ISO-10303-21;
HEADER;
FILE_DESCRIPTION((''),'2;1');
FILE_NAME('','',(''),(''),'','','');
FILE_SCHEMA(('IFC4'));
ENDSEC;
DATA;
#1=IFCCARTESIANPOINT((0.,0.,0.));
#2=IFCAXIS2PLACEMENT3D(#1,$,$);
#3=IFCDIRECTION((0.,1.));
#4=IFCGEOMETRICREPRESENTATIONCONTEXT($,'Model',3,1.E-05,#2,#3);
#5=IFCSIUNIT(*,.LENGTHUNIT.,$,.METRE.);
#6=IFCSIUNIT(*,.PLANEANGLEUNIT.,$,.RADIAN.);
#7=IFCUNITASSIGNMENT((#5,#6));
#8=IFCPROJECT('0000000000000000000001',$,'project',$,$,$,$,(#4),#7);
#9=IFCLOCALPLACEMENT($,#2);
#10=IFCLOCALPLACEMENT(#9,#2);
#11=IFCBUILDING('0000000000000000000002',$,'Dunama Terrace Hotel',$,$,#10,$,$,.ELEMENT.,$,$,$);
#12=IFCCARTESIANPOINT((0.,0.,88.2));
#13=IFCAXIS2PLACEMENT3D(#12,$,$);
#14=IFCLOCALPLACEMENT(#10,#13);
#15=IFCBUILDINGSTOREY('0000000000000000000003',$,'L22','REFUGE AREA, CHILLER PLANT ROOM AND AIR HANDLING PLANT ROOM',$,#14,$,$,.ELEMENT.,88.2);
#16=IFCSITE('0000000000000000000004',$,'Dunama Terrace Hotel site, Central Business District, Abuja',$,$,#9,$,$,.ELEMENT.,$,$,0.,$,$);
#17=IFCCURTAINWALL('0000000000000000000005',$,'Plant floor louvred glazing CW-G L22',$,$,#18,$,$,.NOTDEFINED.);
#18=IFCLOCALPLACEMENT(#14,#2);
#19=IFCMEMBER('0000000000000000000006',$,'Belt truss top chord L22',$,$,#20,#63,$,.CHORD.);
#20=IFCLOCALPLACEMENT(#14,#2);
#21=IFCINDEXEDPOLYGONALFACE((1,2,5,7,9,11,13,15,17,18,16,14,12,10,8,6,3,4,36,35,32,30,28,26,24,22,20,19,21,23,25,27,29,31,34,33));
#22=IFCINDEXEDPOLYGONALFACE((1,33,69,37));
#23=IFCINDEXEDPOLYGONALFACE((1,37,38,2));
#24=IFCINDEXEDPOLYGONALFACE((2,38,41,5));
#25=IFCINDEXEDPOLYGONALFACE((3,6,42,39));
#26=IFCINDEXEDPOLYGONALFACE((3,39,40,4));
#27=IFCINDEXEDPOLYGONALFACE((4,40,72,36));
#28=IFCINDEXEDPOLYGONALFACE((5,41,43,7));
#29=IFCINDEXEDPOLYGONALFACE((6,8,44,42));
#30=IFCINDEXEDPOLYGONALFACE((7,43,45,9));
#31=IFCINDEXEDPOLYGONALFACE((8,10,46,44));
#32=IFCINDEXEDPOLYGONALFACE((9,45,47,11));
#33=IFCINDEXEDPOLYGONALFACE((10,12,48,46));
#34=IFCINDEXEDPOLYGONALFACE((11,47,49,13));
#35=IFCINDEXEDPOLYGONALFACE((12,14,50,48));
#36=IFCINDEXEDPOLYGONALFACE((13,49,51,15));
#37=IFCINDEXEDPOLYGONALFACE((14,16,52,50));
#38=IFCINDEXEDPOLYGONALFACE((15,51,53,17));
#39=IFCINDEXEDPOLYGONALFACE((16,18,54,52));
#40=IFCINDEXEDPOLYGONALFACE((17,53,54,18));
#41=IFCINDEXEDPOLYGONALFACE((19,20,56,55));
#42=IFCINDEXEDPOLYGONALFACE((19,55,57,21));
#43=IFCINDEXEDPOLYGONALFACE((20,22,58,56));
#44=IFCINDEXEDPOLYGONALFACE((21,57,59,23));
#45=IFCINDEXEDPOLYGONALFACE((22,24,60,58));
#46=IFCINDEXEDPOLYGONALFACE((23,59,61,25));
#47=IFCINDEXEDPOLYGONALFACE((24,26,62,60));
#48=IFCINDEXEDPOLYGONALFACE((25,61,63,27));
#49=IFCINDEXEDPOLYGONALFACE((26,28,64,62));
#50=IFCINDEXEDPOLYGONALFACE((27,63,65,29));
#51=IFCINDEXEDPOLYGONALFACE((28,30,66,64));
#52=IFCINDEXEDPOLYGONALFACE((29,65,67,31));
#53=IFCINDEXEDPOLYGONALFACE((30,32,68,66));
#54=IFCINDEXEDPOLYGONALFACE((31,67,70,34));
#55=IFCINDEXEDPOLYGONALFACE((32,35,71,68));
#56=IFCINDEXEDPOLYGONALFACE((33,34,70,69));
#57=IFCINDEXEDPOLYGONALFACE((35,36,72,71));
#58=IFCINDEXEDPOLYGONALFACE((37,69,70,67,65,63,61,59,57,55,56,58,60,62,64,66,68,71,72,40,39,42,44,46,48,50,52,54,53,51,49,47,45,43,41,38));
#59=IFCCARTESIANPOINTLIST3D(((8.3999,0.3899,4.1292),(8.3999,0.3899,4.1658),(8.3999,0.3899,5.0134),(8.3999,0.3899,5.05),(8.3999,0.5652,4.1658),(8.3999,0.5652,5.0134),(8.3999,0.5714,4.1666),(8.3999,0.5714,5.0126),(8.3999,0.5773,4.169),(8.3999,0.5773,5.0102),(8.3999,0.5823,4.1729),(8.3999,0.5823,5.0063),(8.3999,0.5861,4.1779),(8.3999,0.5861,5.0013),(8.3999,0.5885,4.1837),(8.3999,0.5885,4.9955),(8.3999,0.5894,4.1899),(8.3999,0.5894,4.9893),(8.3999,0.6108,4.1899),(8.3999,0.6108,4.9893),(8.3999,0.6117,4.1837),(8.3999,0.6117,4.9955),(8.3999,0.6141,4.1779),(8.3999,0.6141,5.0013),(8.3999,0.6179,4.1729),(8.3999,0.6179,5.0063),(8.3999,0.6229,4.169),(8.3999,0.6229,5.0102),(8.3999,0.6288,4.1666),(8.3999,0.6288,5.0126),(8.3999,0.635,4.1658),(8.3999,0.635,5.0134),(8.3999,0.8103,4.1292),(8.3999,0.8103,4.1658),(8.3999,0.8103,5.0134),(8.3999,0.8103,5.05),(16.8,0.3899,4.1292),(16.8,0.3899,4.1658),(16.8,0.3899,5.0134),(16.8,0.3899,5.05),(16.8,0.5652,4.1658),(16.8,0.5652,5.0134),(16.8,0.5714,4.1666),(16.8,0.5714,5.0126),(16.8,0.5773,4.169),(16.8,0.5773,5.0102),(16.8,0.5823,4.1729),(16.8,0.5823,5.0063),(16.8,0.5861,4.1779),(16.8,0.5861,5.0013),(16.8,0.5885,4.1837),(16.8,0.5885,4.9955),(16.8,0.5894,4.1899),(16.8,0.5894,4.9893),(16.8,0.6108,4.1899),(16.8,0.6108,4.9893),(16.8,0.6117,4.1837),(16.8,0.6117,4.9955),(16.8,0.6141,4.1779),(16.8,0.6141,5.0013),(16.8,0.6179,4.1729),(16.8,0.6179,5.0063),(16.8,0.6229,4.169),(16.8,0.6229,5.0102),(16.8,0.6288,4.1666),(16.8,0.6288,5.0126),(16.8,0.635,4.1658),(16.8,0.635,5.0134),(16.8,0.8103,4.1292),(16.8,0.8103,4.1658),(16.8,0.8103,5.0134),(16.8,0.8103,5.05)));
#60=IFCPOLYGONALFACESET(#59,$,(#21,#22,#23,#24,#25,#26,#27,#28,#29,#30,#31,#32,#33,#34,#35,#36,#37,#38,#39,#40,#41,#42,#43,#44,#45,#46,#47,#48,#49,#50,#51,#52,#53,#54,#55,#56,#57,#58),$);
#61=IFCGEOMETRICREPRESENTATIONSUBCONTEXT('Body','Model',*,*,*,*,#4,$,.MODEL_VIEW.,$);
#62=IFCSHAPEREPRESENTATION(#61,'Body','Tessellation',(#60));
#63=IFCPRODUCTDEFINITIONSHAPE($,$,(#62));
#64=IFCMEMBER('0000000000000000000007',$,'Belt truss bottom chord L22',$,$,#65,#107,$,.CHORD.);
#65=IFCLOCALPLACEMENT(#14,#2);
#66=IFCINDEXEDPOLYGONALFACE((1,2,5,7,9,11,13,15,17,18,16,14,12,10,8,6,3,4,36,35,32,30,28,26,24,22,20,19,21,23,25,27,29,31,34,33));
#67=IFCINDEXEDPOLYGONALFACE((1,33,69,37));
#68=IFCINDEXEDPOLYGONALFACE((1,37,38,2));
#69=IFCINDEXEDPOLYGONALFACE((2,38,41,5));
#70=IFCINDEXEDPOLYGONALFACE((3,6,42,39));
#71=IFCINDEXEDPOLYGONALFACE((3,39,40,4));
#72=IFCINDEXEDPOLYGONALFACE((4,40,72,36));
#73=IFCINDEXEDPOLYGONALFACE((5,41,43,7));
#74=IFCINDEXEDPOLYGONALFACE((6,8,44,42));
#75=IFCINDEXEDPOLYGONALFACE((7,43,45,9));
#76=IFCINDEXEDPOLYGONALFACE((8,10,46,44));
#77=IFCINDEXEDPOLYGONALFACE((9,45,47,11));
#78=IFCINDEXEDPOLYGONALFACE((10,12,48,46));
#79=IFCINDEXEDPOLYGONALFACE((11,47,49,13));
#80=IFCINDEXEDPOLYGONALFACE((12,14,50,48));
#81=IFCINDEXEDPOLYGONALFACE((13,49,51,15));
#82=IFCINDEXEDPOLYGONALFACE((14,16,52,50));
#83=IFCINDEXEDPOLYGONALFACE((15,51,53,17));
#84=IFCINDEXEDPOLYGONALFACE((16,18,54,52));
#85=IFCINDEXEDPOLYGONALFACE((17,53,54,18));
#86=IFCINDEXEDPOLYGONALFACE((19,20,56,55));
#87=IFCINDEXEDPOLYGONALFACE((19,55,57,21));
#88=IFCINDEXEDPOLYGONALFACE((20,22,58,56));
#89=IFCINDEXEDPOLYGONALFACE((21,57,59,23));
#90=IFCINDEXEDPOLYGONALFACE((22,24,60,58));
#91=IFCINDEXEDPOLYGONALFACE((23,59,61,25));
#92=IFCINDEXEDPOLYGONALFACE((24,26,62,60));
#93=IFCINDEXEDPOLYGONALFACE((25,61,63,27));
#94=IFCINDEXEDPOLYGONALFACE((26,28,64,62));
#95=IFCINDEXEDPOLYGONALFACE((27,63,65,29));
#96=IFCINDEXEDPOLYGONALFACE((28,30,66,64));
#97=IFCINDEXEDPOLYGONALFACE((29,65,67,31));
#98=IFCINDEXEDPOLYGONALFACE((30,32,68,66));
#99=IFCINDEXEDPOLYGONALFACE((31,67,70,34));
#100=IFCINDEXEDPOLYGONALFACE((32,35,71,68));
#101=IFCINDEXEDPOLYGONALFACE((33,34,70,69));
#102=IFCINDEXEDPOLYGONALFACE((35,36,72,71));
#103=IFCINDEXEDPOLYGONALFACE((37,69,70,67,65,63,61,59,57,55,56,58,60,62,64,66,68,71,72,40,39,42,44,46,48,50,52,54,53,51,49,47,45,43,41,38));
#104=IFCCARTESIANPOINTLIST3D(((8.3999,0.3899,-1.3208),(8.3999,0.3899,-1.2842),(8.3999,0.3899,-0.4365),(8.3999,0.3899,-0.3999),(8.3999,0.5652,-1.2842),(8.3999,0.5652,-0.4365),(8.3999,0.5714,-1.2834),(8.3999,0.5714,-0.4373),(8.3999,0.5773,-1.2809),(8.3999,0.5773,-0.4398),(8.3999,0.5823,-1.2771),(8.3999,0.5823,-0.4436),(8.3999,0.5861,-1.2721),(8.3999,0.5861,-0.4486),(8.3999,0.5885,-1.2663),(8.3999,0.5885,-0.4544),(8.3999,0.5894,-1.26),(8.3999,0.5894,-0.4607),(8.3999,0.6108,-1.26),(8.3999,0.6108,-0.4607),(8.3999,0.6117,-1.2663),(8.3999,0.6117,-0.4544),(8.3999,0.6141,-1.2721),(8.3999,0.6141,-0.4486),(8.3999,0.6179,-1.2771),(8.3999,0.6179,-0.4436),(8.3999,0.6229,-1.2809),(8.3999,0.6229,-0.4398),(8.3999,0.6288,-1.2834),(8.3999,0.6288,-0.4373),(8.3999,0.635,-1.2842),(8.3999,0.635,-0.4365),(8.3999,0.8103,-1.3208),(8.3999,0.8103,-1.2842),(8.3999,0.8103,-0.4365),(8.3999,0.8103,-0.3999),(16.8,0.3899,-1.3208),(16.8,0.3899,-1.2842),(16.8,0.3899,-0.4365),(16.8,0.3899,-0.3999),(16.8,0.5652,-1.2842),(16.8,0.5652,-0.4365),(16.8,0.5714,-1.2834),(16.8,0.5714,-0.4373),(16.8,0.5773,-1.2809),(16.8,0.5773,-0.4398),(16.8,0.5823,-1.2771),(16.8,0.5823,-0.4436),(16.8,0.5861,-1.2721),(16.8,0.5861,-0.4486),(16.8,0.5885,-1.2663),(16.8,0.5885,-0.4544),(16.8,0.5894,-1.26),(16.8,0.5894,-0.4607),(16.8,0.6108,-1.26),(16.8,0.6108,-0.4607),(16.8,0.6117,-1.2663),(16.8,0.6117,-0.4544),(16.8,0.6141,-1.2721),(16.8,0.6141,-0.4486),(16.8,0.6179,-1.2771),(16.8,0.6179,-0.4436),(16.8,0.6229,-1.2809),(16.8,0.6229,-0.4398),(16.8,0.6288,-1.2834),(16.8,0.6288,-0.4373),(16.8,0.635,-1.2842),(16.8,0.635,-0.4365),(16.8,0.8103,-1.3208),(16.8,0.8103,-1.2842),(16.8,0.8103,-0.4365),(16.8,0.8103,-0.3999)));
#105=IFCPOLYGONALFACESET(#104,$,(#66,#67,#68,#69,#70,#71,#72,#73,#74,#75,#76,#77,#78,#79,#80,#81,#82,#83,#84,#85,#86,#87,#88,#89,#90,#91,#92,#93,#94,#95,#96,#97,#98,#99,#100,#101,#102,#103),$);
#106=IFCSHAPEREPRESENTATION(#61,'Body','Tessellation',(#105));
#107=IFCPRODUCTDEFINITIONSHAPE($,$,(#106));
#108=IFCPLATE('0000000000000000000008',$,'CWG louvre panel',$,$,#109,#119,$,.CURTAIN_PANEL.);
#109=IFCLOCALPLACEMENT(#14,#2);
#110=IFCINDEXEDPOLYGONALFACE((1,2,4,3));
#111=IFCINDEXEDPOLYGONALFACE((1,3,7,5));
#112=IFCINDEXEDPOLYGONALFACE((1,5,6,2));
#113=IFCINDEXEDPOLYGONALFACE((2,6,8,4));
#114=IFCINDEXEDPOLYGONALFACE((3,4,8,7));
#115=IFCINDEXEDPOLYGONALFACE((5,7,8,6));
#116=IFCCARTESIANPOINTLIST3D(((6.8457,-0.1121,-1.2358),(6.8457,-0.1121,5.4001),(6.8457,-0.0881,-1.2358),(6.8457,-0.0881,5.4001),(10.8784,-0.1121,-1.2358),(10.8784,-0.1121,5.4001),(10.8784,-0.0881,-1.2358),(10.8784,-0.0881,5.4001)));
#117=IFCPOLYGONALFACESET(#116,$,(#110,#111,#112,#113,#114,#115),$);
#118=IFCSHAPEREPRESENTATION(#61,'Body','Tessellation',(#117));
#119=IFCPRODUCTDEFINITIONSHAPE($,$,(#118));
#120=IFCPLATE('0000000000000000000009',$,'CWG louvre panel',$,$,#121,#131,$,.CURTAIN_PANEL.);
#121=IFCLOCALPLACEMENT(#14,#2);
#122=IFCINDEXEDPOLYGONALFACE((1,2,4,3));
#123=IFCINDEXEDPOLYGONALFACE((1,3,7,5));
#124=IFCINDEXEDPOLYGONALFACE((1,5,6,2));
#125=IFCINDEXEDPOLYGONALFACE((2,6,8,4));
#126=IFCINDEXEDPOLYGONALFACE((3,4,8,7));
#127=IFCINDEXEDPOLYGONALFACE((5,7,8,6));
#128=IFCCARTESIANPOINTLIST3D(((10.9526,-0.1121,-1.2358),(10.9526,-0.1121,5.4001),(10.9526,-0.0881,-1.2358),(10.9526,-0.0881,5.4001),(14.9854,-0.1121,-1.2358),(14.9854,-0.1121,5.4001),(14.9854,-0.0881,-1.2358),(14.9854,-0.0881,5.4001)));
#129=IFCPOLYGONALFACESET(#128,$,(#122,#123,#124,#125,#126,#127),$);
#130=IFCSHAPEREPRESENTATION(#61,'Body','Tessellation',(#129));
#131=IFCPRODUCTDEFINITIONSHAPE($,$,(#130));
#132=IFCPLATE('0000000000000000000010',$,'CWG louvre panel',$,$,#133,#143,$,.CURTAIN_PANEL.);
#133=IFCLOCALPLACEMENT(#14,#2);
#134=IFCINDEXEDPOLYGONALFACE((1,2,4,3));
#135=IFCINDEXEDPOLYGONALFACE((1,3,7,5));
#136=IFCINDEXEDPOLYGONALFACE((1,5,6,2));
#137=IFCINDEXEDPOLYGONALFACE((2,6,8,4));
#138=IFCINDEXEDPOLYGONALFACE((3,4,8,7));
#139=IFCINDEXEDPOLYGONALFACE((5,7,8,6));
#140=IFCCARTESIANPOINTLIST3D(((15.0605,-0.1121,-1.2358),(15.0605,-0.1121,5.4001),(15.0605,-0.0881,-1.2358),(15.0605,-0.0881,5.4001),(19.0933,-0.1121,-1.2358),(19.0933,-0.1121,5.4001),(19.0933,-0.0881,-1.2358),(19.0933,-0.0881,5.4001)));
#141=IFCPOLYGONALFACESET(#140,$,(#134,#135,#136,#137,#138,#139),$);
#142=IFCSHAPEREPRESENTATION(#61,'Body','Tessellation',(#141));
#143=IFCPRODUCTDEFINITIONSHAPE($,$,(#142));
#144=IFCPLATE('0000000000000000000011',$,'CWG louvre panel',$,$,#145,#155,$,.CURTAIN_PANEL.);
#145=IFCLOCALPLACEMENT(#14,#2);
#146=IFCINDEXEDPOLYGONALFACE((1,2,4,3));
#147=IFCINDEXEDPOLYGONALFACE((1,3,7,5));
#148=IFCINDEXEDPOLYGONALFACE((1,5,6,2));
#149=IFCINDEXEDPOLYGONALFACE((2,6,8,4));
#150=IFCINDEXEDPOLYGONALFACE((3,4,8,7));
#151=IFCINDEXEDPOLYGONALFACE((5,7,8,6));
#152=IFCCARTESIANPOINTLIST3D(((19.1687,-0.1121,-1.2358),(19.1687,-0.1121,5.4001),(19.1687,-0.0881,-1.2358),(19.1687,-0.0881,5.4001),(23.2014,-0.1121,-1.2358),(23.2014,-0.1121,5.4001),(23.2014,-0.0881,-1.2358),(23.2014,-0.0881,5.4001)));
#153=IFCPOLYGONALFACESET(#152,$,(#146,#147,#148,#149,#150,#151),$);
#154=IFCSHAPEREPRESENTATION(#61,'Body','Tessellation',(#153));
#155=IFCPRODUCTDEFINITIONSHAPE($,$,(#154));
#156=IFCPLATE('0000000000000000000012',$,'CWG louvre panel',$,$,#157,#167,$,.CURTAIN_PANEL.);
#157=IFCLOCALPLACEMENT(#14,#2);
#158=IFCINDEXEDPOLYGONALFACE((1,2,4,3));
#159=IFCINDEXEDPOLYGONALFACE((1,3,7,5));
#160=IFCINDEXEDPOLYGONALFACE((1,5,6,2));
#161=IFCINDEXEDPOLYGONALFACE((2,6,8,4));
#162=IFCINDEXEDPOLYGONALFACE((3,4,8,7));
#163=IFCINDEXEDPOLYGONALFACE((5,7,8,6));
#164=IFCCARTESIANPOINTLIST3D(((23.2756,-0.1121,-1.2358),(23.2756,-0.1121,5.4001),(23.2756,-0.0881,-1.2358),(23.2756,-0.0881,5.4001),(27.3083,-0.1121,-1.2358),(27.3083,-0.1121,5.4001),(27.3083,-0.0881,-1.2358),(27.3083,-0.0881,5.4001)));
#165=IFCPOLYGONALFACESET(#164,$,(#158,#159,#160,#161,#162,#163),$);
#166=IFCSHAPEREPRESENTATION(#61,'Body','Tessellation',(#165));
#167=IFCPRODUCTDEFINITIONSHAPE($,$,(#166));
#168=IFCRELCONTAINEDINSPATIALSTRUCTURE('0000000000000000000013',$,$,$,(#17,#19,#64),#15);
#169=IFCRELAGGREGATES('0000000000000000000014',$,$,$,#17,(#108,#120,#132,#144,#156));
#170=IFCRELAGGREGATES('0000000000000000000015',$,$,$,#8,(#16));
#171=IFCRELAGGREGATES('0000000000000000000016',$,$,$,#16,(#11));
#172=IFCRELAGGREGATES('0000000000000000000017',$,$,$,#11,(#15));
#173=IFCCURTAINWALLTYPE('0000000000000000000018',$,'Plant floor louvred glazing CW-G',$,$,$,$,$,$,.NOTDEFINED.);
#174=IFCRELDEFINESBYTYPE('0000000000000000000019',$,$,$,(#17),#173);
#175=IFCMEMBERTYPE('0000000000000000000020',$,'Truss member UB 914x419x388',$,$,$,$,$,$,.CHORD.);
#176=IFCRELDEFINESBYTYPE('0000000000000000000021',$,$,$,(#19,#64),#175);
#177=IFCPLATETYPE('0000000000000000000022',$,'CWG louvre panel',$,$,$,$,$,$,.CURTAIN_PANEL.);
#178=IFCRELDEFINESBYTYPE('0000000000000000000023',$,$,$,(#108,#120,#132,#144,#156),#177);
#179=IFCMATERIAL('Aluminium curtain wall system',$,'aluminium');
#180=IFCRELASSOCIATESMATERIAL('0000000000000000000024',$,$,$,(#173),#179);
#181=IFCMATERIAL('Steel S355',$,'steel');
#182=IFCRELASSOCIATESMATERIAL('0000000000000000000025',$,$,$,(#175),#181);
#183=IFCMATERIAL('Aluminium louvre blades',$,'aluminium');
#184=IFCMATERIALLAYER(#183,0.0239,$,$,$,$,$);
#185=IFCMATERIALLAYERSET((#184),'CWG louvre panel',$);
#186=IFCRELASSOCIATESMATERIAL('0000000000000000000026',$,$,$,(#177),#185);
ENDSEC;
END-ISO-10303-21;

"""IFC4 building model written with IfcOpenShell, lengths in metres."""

from ifc_helpers import new_model, si_unit, direction, frame, origin, origin_2d, place, context, subcontext, project, spatial, rectangle, i_section, extrude, material, layer, layer_set, material_profile, profile_set, type_object, element, aggregate, save


model = new_model("IFC4")

# Units and contexts
model_context = context("Model", 3, precision=1e-05, world=origin(), true_north=direction((0.0, 1.0)))
body_context = subcontext(model_context, "Body", "Model", "MODEL_VIEW")
ifc_project = project(units=[si_unit("LENGTHUNIT", "METRE"), si_unit("PLANEANGLEUNIT", "RADIAN")], contexts=[model_context])

# Site, building, storey
site_placement = place(None, origin())
site = spatial("IfcSite", under=ifc_project, at=site_placement, Name="Dunama Terrace Hotel site, Central Business District, Abuja", CompositionType="ELEMENT", RefElevation=0.0)
building_placement = place(site_placement, origin())
building = spatial("IfcBuilding", under=site, at=building_placement, Name="Dunama Terrace Hotel", CompositionType="ELEMENT")
storey_placement = place(building_placement, frame((0.0, 0.0, 88.2)))
storey = spatial("IfcBuildingStorey", under=building, at=storey_placement, Name="L22", Description="REFUGE AREA, CHILLER PLANT ROOM AND AIR HANDLING PLANT ROOM", CompositionType="ELEMENT", Elevation=88.2)

# Curtain wall
ifc_material_1 = material(Name="Aluminium curtain wall system", Category="aluminium")
curtain_wall_type = type_object("IfcCurtainWallType", Name="Plant floor louvred glazing CW-G", PredefinedType="NOTDEFINED", material=ifc_material_1)
curtain_wall_placement = place(storey_placement, origin())
curtain_wall = element("IfcCurtainWall", 1, at=curtain_wall_placement, inside=storey, type_object=curtain_wall_type, Name="Plant floor louvred glazing CW-G L22", PredefinedType="NOTDEFINED")

# Members
ifc_material_2 = material(Name="Steel S355", Category="steel")
ifc_material_profile_1 = material_profile(ifc_material_2, i_section(OverallWidth=0.4204, OverallDepth=0.9209, WebThickness=0.0215, FlangeThickness=0.0366, FilletRadius=0.0242, at=origin_2d()), Name="UB 914x419x388")
ifc_profile_set_1 = profile_set([ifc_material_profile_1], Name="Steel S355")
member_type_1 = type_object("IfcMemberType", Name="Truss member UB 914x419x388", PredefinedType="CHORD", material=ifc_profile_set_1)
for number, where, z_axis, x_axis, name in (
    (2, (8.3999, 0.6001, 4.5896), (1.0, 0.0, 0.0), (0.0, 1.0, 0.0), "Belt truss top chord L22"),
    (3, (8.3999, 0.6001, -0.8604), (1.0, 0.0, 0.0), (0.0, 1.0, 0.0), "Belt truss bottom chord L22"),
):
    element("IfcMember", number, at=place(storey_placement, frame(where, z_axis=z_axis, x_axis=x_axis)), inside=storey, type_object=member_type_1, Name=name, PredefinedType="CHORD", context=body_context, shape_type="SweptSolid", body=[
        extrude(i_section(OverallWidth=0.4204, OverallDepth=0.9209, WebThickness=0.0215, FlangeThickness=0.0366, FilletRadius=0.0242, at=origin_2d()), origin(), (0.0, 0.0, 1.0), 8.4001),
    ])

# Plates
ifc_material_3 = material(Name="Aluminium louvre blades", Category="aluminium")
ifc_layer_1 = layer(ifc_material_3, 0.0239)
ifc_layer_set_1 = layer_set([ifc_layer_1], Name="CWG louvre panel")
plate_type = type_object("IfcPlateType", Name="CWG louvre panel", PredefinedType="CURTAIN_PANEL", material=ifc_layer_set_1)
plate_1_placement = place(storey_placement, frame((8.8621, -0.1001, -1.2358), z_axis=(0.0, 0.0, 1.0), x_axis=(1.0, 0.0, 0.0)))
plate_1 = element("IfcPlate", 4, at=plate_1_placement, type_object=plate_type, Name="CWG louvre panel", PredefinedType="CURTAIN_PANEL", context=body_context, shape_type="SweptSolid", body=[
    extrude(rectangle(XDim=4.0327, YDim=0.0239, at=origin_2d()), origin(), (0.0, 0.0, 1.0), 6.636),
])
plate_2_placement = place(storey_placement, frame((12.969, -0.1001, -1.2358), z_axis=(0.0, 0.0, 1.0), x_axis=(1.0, 0.0, 0.0)))
plate_2 = element("IfcPlate", 5, at=plate_2_placement, type_object=plate_type, Name="CWG louvre panel", PredefinedType="CURTAIN_PANEL", context=body_context, shape_type="SweptSolid", body=[
    extrude(rectangle(XDim=4.0327, YDim=0.0239, at=origin_2d()), origin(), (0.0, 0.0, 1.0), 6.636),
])
plate_3_placement = place(storey_placement, frame((17.0769, -0.1001, -1.2358), z_axis=(0.0, 0.0, 1.0), x_axis=(1.0, 0.0, 0.0)))
plate_3 = element("IfcPlate", 6, at=plate_3_placement, type_object=plate_type, Name="CWG louvre panel", PredefinedType="CURTAIN_PANEL", context=body_context, shape_type="SweptSolid", body=[
    extrude(rectangle(XDim=4.0327, YDim=0.0239, at=origin_2d()), origin(), (0.0, 0.0, 1.0), 6.636),
])
plate_4_placement = place(storey_placement, frame((21.1851, -0.1001, -1.2358), z_axis=(0.0, 0.0, 1.0), x_axis=(1.0, 0.0, 0.0)))
plate_4 = element("IfcPlate", 7, at=plate_4_placement, type_object=plate_type, Name="CWG louvre panel", PredefinedType="CURTAIN_PANEL", context=body_context, shape_type="SweptSolid", body=[
    extrude(rectangle(XDim=4.0327, YDim=0.0239, at=origin_2d()), origin(), (0.0, 0.0, 1.0), 6.636),
])
plate_5_placement = place(storey_placement, frame((25.292, -0.1001, -1.2358), z_axis=(0.0, 0.0, 1.0), x_axis=(1.0, 0.0, 0.0)))
plate_5 = element("IfcPlate", 8, at=plate_5_placement, type_object=plate_type, Name="CWG louvre panel", PredefinedType="CURTAIN_PANEL", context=body_context, shape_type="SweptSolid", body=[
    extrude(rectangle(XDim=4.0327, YDim=0.0239, at=origin_2d()), origin(), (0.0, 0.0, 1.0), 6.636),
])
aggregate(curtain_wall, [plate_1, plate_2, plate_3, plate_4, plate_5])

save(model, "model.ifc")
